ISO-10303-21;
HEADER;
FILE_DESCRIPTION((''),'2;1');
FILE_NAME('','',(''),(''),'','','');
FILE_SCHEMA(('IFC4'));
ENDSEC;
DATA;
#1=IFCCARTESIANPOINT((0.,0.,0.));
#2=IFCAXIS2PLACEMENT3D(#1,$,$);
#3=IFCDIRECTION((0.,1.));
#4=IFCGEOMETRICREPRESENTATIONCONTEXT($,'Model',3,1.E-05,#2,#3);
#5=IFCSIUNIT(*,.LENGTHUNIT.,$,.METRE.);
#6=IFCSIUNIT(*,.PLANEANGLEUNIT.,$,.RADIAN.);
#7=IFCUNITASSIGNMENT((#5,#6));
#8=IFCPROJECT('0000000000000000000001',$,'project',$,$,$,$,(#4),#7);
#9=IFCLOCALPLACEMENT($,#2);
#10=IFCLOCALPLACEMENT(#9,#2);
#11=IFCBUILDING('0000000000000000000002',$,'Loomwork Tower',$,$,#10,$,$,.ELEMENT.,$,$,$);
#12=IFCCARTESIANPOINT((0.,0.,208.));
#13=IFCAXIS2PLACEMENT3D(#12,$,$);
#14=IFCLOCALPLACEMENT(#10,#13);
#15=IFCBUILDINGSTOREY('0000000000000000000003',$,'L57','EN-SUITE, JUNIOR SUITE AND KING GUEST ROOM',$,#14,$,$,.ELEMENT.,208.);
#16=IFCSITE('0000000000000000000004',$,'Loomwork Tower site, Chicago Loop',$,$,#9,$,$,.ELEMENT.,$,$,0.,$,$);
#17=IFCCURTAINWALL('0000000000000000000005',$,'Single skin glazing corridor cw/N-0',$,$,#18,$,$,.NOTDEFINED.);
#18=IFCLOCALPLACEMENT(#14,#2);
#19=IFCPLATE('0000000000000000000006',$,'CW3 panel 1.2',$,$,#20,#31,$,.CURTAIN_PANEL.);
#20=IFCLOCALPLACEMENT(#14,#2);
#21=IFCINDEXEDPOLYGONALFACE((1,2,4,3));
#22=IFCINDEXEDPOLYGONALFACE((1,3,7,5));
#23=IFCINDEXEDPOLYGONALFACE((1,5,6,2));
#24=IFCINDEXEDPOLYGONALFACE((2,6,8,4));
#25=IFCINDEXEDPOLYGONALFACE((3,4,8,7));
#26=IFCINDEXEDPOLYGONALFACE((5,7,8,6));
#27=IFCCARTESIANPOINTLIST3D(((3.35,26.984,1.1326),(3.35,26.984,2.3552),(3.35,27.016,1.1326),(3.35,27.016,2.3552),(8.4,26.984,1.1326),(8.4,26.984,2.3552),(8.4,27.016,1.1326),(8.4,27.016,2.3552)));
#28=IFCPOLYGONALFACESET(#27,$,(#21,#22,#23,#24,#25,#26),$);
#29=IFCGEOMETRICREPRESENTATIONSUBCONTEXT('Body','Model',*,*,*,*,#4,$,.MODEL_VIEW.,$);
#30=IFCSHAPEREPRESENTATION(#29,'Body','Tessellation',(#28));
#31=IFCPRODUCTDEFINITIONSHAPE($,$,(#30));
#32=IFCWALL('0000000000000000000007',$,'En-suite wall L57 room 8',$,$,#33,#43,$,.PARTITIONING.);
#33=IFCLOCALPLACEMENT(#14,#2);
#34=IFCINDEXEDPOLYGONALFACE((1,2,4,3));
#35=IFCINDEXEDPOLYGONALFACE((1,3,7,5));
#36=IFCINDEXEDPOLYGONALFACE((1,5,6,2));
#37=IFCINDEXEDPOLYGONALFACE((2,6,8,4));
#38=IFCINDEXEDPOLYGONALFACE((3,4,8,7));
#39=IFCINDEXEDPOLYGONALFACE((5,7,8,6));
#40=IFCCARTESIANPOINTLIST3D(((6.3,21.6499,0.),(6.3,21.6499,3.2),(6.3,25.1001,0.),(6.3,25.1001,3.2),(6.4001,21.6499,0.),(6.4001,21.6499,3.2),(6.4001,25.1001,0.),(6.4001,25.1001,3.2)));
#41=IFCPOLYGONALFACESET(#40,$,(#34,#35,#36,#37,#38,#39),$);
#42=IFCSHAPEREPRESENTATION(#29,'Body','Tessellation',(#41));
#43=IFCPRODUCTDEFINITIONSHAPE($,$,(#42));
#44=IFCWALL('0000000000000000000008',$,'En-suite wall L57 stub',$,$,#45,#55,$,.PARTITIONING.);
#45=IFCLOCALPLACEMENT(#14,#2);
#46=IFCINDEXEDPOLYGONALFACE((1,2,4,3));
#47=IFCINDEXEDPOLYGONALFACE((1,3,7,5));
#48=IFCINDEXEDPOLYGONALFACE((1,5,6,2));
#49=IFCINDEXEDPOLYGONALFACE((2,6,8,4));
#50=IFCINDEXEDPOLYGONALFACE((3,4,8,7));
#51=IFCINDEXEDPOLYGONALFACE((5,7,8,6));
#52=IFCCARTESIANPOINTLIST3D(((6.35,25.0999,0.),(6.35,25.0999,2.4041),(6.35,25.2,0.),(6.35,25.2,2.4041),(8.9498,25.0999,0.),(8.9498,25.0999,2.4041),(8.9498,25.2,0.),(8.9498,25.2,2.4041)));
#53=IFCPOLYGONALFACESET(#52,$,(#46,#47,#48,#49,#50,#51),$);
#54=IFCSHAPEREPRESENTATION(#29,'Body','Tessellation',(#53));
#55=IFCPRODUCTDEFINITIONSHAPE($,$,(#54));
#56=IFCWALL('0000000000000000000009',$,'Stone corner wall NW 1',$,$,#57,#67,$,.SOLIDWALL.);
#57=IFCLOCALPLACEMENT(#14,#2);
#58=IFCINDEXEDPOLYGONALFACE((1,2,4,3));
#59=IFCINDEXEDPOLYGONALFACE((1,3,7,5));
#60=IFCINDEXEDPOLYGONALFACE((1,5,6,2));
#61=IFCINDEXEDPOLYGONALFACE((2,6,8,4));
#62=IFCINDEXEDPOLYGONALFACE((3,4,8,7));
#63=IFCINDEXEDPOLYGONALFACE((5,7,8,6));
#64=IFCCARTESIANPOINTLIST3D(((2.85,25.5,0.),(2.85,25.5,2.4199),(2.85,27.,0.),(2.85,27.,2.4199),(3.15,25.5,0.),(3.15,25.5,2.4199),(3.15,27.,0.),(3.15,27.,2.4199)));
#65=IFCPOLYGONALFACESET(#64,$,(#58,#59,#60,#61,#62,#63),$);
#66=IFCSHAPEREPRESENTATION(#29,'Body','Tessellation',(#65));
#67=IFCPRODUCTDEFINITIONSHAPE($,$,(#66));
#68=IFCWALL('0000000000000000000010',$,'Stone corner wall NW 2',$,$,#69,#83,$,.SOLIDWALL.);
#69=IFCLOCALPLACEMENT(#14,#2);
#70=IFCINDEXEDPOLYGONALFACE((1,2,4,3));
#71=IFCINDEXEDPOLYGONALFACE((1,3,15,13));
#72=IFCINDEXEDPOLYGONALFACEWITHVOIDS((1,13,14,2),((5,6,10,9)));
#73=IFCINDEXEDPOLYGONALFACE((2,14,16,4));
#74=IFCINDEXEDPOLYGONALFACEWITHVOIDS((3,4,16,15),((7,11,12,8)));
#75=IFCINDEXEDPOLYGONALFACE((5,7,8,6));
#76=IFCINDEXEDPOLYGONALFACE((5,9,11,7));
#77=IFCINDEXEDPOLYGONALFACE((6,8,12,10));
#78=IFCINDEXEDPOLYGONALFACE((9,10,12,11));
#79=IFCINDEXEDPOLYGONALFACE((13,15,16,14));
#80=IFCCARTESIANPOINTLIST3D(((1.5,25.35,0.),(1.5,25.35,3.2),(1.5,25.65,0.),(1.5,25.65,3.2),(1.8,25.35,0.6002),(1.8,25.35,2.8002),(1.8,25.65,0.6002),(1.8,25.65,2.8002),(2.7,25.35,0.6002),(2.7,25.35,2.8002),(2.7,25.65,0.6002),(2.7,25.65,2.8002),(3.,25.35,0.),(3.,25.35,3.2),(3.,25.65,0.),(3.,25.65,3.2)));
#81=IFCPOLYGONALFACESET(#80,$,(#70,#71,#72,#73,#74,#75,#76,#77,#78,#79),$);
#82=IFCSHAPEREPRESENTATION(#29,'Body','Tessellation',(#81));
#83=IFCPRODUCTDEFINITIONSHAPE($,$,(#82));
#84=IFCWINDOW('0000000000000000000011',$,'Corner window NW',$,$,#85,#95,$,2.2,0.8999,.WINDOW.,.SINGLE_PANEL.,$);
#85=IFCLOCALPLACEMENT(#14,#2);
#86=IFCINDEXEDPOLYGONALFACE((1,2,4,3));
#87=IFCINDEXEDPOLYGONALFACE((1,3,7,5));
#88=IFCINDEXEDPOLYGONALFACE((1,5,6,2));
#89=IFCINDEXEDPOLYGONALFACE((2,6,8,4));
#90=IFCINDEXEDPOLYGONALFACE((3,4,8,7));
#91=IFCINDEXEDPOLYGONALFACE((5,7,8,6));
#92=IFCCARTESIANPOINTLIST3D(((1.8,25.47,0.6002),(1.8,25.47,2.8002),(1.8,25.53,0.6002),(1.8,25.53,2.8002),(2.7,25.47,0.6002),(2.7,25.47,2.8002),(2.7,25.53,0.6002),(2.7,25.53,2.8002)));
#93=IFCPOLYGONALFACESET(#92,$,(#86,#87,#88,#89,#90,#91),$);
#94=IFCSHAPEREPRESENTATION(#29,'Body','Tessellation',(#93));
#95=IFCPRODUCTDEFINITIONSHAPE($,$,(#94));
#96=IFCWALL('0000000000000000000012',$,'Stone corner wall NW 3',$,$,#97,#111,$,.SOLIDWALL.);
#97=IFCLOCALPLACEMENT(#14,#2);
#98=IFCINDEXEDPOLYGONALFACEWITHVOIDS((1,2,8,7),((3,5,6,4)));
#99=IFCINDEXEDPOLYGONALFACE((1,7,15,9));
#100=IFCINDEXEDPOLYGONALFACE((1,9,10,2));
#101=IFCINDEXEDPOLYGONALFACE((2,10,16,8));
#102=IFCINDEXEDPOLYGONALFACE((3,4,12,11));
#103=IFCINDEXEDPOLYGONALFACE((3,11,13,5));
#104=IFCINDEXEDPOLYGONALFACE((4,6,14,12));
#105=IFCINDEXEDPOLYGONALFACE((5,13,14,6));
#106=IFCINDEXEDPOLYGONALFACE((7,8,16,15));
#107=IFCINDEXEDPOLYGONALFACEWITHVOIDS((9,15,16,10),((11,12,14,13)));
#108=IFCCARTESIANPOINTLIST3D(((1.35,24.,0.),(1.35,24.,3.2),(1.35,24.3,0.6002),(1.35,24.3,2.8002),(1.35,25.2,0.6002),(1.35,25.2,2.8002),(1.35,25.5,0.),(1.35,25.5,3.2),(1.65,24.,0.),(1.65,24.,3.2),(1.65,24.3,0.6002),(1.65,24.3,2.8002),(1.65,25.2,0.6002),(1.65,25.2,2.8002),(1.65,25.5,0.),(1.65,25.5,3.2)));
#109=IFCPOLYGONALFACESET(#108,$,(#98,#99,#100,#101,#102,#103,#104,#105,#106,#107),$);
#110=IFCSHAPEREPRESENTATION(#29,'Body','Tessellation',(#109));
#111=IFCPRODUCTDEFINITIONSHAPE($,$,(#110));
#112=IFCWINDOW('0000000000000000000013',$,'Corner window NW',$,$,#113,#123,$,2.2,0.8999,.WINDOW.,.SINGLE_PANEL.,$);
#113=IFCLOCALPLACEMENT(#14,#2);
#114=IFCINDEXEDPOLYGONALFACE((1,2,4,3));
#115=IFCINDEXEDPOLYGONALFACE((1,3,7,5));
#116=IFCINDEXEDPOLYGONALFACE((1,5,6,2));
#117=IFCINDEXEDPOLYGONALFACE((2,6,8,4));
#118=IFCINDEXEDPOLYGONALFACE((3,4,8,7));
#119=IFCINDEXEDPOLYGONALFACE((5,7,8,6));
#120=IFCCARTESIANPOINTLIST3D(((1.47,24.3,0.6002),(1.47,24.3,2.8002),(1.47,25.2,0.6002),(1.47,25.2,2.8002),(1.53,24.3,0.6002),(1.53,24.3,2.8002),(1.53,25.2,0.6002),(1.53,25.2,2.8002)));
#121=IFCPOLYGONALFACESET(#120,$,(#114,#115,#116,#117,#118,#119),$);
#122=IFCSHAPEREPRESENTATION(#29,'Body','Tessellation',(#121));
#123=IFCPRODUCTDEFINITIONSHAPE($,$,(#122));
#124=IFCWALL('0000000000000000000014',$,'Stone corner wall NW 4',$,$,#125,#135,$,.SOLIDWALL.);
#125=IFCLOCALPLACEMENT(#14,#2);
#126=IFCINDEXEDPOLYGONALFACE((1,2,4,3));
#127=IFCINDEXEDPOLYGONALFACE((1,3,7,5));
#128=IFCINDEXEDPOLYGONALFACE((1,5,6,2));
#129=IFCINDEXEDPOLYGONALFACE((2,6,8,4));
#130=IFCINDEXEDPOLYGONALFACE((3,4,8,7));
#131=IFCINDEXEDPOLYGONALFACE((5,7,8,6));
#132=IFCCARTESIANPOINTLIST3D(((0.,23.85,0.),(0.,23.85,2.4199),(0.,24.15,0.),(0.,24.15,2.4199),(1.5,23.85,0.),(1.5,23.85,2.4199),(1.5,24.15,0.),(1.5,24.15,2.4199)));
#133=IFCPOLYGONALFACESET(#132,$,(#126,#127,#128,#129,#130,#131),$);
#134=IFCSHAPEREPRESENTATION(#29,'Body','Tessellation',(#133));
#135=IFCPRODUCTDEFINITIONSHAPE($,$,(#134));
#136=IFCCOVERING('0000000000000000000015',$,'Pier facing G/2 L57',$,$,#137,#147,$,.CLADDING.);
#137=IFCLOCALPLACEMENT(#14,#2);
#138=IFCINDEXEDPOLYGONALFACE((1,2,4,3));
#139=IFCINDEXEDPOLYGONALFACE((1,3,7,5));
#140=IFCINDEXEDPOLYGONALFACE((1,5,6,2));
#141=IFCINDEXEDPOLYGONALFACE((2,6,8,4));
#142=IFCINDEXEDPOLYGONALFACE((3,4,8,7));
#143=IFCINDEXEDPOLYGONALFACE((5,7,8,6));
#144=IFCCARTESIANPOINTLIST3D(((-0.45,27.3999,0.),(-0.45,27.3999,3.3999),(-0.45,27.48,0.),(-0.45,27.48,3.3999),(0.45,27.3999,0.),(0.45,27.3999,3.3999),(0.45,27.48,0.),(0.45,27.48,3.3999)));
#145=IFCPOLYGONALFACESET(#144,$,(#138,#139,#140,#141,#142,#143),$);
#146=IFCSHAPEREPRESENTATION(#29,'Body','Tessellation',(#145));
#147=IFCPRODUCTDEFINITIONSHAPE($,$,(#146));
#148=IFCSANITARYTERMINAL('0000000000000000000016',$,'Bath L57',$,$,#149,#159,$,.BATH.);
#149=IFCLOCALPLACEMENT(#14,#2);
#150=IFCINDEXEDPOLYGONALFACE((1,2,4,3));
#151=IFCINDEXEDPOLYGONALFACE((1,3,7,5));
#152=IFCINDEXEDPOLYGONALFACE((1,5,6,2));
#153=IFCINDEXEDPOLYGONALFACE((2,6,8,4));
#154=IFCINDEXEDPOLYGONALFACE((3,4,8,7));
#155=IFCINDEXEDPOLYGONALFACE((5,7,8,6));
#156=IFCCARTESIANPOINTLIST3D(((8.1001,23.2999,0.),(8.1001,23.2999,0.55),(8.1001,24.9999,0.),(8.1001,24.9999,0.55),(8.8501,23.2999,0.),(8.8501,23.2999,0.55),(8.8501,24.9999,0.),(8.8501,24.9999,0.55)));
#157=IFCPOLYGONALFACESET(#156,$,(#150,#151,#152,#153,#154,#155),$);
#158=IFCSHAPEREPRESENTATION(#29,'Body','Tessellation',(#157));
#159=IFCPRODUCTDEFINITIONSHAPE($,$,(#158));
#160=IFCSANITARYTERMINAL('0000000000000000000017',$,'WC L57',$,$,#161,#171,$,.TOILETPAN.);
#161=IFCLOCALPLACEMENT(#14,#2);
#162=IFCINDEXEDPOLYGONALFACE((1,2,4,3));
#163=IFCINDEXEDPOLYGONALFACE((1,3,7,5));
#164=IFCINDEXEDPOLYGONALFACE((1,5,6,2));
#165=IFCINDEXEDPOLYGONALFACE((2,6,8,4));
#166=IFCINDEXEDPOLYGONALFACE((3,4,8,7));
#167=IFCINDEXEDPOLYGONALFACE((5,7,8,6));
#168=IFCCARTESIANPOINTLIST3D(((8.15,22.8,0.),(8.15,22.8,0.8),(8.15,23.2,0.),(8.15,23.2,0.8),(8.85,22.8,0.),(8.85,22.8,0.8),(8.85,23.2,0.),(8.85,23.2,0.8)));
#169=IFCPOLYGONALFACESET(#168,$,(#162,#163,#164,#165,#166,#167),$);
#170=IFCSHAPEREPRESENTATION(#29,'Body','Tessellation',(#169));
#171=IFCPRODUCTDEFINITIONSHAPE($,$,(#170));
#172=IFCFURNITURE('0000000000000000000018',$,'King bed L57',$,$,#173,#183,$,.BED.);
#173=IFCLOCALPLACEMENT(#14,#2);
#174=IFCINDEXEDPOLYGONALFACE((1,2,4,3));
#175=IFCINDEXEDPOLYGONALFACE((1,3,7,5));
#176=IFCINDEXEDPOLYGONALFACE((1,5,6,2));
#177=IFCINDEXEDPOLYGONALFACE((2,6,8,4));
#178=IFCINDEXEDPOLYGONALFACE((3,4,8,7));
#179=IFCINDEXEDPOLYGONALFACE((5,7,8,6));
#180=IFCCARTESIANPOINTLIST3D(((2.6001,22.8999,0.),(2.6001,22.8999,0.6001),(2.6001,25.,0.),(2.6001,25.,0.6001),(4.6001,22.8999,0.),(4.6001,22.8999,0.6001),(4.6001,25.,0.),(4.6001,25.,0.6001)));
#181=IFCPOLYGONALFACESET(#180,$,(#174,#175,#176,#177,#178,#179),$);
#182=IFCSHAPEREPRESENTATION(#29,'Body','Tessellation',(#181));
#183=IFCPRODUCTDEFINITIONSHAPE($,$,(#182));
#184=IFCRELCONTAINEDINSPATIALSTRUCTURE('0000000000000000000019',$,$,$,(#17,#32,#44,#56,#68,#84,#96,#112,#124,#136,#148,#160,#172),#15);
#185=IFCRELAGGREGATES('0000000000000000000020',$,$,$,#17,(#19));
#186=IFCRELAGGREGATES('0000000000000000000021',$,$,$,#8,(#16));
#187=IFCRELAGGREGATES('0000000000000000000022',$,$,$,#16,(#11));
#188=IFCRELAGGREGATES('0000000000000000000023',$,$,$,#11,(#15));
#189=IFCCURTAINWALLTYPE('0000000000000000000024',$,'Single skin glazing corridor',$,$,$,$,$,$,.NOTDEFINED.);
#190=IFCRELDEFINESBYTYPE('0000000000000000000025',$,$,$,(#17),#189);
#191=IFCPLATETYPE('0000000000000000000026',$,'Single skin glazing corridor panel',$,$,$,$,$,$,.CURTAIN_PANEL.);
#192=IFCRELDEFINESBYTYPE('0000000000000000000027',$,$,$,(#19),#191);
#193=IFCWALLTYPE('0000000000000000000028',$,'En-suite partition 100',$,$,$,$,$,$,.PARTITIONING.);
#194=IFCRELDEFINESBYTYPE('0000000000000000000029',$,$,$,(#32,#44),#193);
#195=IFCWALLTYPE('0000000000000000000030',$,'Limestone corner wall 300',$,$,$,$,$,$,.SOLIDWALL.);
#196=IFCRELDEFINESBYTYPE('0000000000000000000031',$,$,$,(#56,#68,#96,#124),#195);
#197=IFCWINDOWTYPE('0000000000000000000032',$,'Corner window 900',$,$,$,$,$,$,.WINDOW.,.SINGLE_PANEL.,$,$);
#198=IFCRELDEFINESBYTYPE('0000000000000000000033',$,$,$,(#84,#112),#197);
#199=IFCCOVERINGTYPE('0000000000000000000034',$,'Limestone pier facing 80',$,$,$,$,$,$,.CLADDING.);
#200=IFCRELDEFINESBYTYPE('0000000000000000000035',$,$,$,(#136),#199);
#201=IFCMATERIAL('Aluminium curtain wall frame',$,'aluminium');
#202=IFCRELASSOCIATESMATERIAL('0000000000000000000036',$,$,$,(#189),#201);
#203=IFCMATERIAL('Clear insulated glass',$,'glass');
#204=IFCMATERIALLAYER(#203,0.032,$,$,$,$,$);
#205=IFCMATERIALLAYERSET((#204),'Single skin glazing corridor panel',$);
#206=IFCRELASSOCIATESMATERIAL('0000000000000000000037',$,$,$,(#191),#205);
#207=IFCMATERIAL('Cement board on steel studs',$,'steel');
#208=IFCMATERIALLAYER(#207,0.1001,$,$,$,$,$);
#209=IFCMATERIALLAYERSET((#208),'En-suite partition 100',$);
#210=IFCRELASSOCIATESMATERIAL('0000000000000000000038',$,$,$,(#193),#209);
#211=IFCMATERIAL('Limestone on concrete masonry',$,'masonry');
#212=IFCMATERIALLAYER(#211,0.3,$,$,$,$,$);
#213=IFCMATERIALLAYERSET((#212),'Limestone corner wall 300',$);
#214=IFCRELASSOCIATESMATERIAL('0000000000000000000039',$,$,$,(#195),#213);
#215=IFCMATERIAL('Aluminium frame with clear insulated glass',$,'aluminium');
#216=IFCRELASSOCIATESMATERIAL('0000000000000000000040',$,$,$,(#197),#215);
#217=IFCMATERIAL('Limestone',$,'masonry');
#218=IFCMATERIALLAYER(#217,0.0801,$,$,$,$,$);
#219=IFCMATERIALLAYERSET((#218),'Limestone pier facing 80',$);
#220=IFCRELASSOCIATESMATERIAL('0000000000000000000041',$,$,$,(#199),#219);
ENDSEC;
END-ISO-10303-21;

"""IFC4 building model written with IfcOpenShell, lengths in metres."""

from ifc_helpers import new_model, si_unit, direction, frame, frame_2d, origin, origin_2d, place, context, subcontext, project, spatial, rectangle, extrude, material, layer, layer_set, type_object, element, fill, aggregate, save


model = new_model("IFC4")

# Units and contexts
model_context = context("Model", 3, precision=1e-05, world=origin(), true_north=direction((0.0, 1.0)))
body_context = subcontext(model_context, "Body", "Model", "MODEL_VIEW")
ifc_project = project(units=[si_unit("LENGTHUNIT", "METRE"), si_unit("PLANEANGLEUNIT", "RADIAN")], contexts=[model_context])

# Site, building, storey
site_placement = place(None, origin())
site = spatial("IfcSite", under=ifc_project, at=site_placement, Name="Loomwork Tower site, Chicago Loop", CompositionType="ELEMENT", RefElevation=0.0)
building_placement = place(site_placement, origin())
building = spatial("IfcBuilding", under=site, at=building_placement, Name="Loomwork Tower", CompositionType="ELEMENT")
storey_placement = place(building_placement, frame((0.0, 0.0, 208.0)))
storey = spatial("IfcBuildingStorey", under=building, at=storey_placement, Name="L57", Description="EN-SUITE, JUNIOR SUITE AND KING GUEST ROOM", CompositionType="ELEMENT", Elevation=208.0)

# Curtain wall
ifc_material_1 = material(Name="Aluminium curtain wall frame", Category="aluminium")
curtain_wall_type_1 = type_object("IfcCurtainWallType", Name="Single skin glazing corridor", PredefinedType="NOTDEFINED", material=ifc_material_1)
curtain_wall_1_placement = place(storey_placement, origin())
curtain_wall_1 = element("IfcCurtainWall", 1, at=curtain_wall_1_placement, inside=storey, type_object=curtain_wall_type_1, Name="Single skin glazing corridor cw/N-0", PredefinedType="NOTDEFINED")

# Plate
ifc_material_2 = material(Name="Clear insulated glass", Category="glass")
ifc_layer_1 = layer(ifc_material_2, 0.032)
ifc_layer_set_1 = layer_set([ifc_layer_1], Name="Single skin glazing corridor panel")
plate_type_1 = type_object("IfcPlateType", Name="Single skin glazing corridor panel", PredefinedType="CURTAIN_PANEL", material=ifc_layer_set_1)
plate_1_placement = place(storey_placement, frame((5.875, 27.0, 1.1326), z_axis=(0.0, 0.0, 1.0), x_axis=(-1.0, 0.0, 0.0)))
plate_1 = element("IfcPlate", 2, at=plate_1_placement, type_object=plate_type_1, Name="CW3 panel 1.2", PredefinedType="CURTAIN_PANEL", context=body_context, shape_type="SweptSolid", body=[
    extrude(rectangle(XDim=5.05, YDim=0.032, at=origin_2d()), origin(), (0.0, 0.0, 1.0), 1.2227),
])
aggregate(curtain_wall_1, [plate_1])

# Walls
ifc_material_3 = material(Name="Cement board on steel studs", Category="steel")
ifc_layer_2 = layer(ifc_material_3, 0.1001)
ifc_layer_set_2 = layer_set([ifc_layer_2], Name="En-suite partition 100")
wall_type_1 = type_object("IfcWallType", Name="En-suite partition 100", PredefinedType="PARTITIONING", material=ifc_layer_set_2)
wall_1_placement = place(storey_placement, frame((6.3501, 21.6499, 0.0), z_axis=(0.0, 0.0, 1.0), x_axis=(0.0, 1.0, 0.0)))
element("IfcWall", 3, at=wall_1_placement, inside=storey, type_object=wall_type_1, Name="En-suite wall L57 room 8", PredefinedType="PARTITIONING", context=body_context, shape_type="SweptSolid", body=[
    extrude(rectangle(XDim=3.4502, YDim=0.1001, at=frame_2d((1.7251, 0.0))), origin(), (0.0, 0.0, 1.0), 3.2),
])
wall_2_placement = place(storey_placement, frame((6.3501, 25.1499, 0.0), z_axis=(0.0, 0.0, 1.0), x_axis=(1.0, 0.0, 0.0)))
element("IfcWall", 4, at=wall_2_placement, inside=storey, type_object=wall_type_1, Name="En-suite wall L57 stub", PredefinedType="PARTITIONING", context=body_context, shape_type="SweptSolid", body=[
    extrude(rectangle(XDim=2.5999, YDim=0.1001, at=frame_2d((1.2998, 0.0))), origin(), (0.0, 0.0, 1.0), 2.4041),
])
ifc_material_4 = material(Name="Limestone on concrete masonry", Category="masonry")
ifc_layer_3 = layer(ifc_material_4, 0.3)
ifc_layer_set_3 = layer_set([ifc_layer_3], Name="Limestone corner wall 300")
wall_type_2 = type_object("IfcWallType", Name="Limestone corner wall 300", PredefinedType="SOLIDWALL", material=ifc_layer_set_3)
wall_3_placement = place(storey_placement, frame((3.0, 27.0, 0.0), z_axis=(0.0, 0.0, 1.0), x_axis=(0.0, -1.0, 0.0)))
element("IfcWall", 5, at=wall_3_placement, inside=storey, type_object=wall_type_2, Name="Stone corner wall NW 1", PredefinedType="SOLIDWALL", context=body_context, shape_type="SweptSolid", body=[
    extrude(rectangle(XDim=1.5, YDim=0.3, at=frame_2d((0.75, 0.0))), origin(), (0.0, 0.0, 1.0), 2.4199),
])

# Walls, openings, windows
wall_4_placement = place(storey_placement, frame((3.0, 25.5, 0.0), z_axis=(0.0, 0.0, 1.0), x_axis=(-1.0, 0.0, 0.0)))
wall_4 = element("IfcWall", 6, at=wall_4_placement, inside=storey, type_object=wall_type_2, Name="Stone corner wall NW 2", PredefinedType="SOLIDWALL", context=body_context, shape_type="SweptSolid", body=[
    extrude(rectangle(XDim=1.5, YDim=0.3, at=frame_2d((0.75, 0.0))), origin(), (0.0, 0.0, 1.0), 3.2),
])
opening_1_placement = place(wall_4_placement, frame((0.3, 0.0, 0.6001)))
opening_1 = element("IfcOpeningElement", 7, at=opening_1_placement, cuts=wall_4, PredefinedType="OPENING", context=body_context, shape_type="SweptSolid", body=[
    extrude(rectangle(XDim=0.8999, YDim=2.2, at=frame_2d((0.45, 1.1001))), frame((0.0, 0.1599, 0.0), z_axis=(0.0, -1.0, 0.0), x_axis=(1.0, 0.0, 0.0)), (0.0, 0.0, 1.0), 0.3201),
])
ifc_material_5 = material(Name="Aluminium frame with clear insulated glass", Category="aluminium")
window_type = type_object("IfcWindowType", Name="Corner window 900", PartitioningType="SINGLE_PANEL", PredefinedType="WINDOW", material=ifc_material_5)
window_1_placement = place(opening_1_placement, origin())
window_1 = element("IfcWindow", 8, at=window_1_placement, inside=storey, type_object=window_type, Name="Corner window NW", OverallHeight=2.2, OverallWidth=0.8999, PartitioningType="SINGLE_PANEL", PredefinedType="WINDOW", context=body_context, shape_type="SweptSolid", body=[
    extrude(rectangle(XDim=0.8999, YDim=2.2, at=frame_2d((0.45, 1.1001))), frame((0.0, 0.03, 0.0), z_axis=(0.0, -1.0, 0.0), x_axis=(1.0, 0.0, 0.0)), (0.0, 0.0, 1.0), 0.0601),
])
fill(opening_1, window_1)
wall_5_placement = place(storey_placement, frame((1.5, 25.5, 0.0), z_axis=(0.0, 0.0, 1.0), x_axis=(0.0, -1.0, 0.0)))
wall_5 = element("IfcWall", 9, at=wall_5_placement, inside=storey, type_object=wall_type_2, Name="Stone corner wall NW 3", PredefinedType="SOLIDWALL", context=body_context, shape_type="SweptSolid", body=[
    extrude(rectangle(XDim=1.5, YDim=0.3, at=frame_2d((0.75, 0.0))), origin(), (0.0, 0.0, 1.0), 3.2),
])
opening_2_placement = place(wall_5_placement, frame((0.3, 0.0, 0.6001)))
opening_2 = element("IfcOpeningElement", 10, at=opening_2_placement, cuts=wall_5, PredefinedType="OPENING", context=body_context, shape_type="SweptSolid", body=[
    extrude(rectangle(XDim=0.8999, YDim=2.2, at=frame_2d((0.45, 1.1001))), frame((0.0, 0.1599, 0.0), z_axis=(0.0, -1.0, 0.0), x_axis=(1.0, 0.0, 0.0)), (0.0, 0.0, 1.0), 0.3201),
])
window_2_placement = place(opening_2_placement, origin())
window_2 = element("IfcWindow", 11, at=window_2_placement, inside=storey, type_object=window_type, Name="Corner window NW", OverallHeight=2.2, OverallWidth=0.8999, PartitioningType="SINGLE_PANEL", PredefinedType="WINDOW", context=body_context, shape_type="SweptSolid", body=[
    extrude(rectangle(XDim=0.8999, YDim=2.2, at=frame_2d((0.45, 1.1001))), frame((0.0, 0.03, 0.0), z_axis=(0.0, -1.0, 0.0), x_axis=(1.0, 0.0, 0.0)), (0.0, 0.0, 1.0), 0.0601),
])
fill(opening_2, window_2)

# Wall
wall_6_placement = place(storey_placement, frame((1.5, 24.0, 0.0), z_axis=(0.0, 0.0, 1.0), x_axis=(-1.0, 0.0, 0.0)))
element("IfcWall", 12, at=wall_6_placement, inside=storey, type_object=wall_type_2, Name="Stone corner wall NW 4", PredefinedType="SOLIDWALL", context=body_context, shape_type="SweptSolid", body=[
    extrude(rectangle(XDim=1.5, YDim=0.3, at=frame_2d((0.75, 0.0))), origin(), (0.0, 0.0, 1.0), 2.4199),
])

# Covering
ifc_material_6 = material(Name="Limestone", Category="masonry")
ifc_layer_4 = layer(ifc_material_6, 0.0801)
ifc_layer_set_4 = layer_set([ifc_layer_4], Name="Limestone pier facing 80")
covering_type = type_object("IfcCoveringType", Name="Limestone pier facing 80", PredefinedType="CLADDING", material=ifc_layer_set_4)
covering_placement = place(storey_placement, frame((0.0, 27.4399, 0.0), z_axis=(0.0, 0.0, 1.0), x_axis=(1.0, 0.0, 0.0)))
element("IfcCovering", 13, at=covering_placement, inside=storey, type_object=covering_type, Name="Pier facing G/2 L57", PredefinedType="CLADDING", context=body_context, shape_type="SweptSolid", body=[
    extrude(rectangle(XDim=0.8999, YDim=0.0801, at=origin_2d()), origin(), (0.0, 0.0, 1.0), 3.3999),
])

# Sanitary terminals
sanitary_terminal_1_placement = place(storey_placement, frame((8.4751, 24.1499, 0.0), z_axis=(0.0, 0.0, 1.0), x_axis=(1.0, 0.0, 0.0)))
element("IfcSanitaryTerminal", 14, at=sanitary_terminal_1_placement, inside=storey, Name="Bath L57", PredefinedType="BATH", context=body_context, shape_type="SweptSolid", body=[
    extrude(rectangle(XDim=0.75, YDim=1.7, at=origin_2d()), origin(), (0.0, 0.0, 1.0), 0.55),
])
sanitary_terminal_2_placement = place(storey_placement, frame((8.5, 23.0, 0.0), z_axis=(0.0, 0.0, 1.0), x_axis=(1.0, 0.0, 0.0)))
element("IfcSanitaryTerminal", 15, at=sanitary_terminal_2_placement, inside=storey, Name="WC L57", PredefinedType="TOILETPAN", context=body_context, shape_type="SweptSolid", body=[
    extrude(rectangle(XDim=0.7, YDim=0.3999, at=origin_2d()), origin(), (0.0, 0.0, 1.0), 0.8),
])

# Furniture
furniture_placement = place(storey_placement, frame((3.6001, 23.95, 0.0), z_axis=(0.0, 0.0, 1.0), x_axis=(1.0, 0.0, 0.0)))
element("IfcFurniture", 16, at=furniture_placement, inside=storey, Name="King bed L57", PredefinedType="BED", context=body_context, shape_type="SweptSolid", body=[
    extrude(rectangle(XDim=2.0, YDim=2.1001, at=origin_2d()), origin(), (0.0, 0.0, 1.0), 0.6001),
])

save(model, "model.ifc")
